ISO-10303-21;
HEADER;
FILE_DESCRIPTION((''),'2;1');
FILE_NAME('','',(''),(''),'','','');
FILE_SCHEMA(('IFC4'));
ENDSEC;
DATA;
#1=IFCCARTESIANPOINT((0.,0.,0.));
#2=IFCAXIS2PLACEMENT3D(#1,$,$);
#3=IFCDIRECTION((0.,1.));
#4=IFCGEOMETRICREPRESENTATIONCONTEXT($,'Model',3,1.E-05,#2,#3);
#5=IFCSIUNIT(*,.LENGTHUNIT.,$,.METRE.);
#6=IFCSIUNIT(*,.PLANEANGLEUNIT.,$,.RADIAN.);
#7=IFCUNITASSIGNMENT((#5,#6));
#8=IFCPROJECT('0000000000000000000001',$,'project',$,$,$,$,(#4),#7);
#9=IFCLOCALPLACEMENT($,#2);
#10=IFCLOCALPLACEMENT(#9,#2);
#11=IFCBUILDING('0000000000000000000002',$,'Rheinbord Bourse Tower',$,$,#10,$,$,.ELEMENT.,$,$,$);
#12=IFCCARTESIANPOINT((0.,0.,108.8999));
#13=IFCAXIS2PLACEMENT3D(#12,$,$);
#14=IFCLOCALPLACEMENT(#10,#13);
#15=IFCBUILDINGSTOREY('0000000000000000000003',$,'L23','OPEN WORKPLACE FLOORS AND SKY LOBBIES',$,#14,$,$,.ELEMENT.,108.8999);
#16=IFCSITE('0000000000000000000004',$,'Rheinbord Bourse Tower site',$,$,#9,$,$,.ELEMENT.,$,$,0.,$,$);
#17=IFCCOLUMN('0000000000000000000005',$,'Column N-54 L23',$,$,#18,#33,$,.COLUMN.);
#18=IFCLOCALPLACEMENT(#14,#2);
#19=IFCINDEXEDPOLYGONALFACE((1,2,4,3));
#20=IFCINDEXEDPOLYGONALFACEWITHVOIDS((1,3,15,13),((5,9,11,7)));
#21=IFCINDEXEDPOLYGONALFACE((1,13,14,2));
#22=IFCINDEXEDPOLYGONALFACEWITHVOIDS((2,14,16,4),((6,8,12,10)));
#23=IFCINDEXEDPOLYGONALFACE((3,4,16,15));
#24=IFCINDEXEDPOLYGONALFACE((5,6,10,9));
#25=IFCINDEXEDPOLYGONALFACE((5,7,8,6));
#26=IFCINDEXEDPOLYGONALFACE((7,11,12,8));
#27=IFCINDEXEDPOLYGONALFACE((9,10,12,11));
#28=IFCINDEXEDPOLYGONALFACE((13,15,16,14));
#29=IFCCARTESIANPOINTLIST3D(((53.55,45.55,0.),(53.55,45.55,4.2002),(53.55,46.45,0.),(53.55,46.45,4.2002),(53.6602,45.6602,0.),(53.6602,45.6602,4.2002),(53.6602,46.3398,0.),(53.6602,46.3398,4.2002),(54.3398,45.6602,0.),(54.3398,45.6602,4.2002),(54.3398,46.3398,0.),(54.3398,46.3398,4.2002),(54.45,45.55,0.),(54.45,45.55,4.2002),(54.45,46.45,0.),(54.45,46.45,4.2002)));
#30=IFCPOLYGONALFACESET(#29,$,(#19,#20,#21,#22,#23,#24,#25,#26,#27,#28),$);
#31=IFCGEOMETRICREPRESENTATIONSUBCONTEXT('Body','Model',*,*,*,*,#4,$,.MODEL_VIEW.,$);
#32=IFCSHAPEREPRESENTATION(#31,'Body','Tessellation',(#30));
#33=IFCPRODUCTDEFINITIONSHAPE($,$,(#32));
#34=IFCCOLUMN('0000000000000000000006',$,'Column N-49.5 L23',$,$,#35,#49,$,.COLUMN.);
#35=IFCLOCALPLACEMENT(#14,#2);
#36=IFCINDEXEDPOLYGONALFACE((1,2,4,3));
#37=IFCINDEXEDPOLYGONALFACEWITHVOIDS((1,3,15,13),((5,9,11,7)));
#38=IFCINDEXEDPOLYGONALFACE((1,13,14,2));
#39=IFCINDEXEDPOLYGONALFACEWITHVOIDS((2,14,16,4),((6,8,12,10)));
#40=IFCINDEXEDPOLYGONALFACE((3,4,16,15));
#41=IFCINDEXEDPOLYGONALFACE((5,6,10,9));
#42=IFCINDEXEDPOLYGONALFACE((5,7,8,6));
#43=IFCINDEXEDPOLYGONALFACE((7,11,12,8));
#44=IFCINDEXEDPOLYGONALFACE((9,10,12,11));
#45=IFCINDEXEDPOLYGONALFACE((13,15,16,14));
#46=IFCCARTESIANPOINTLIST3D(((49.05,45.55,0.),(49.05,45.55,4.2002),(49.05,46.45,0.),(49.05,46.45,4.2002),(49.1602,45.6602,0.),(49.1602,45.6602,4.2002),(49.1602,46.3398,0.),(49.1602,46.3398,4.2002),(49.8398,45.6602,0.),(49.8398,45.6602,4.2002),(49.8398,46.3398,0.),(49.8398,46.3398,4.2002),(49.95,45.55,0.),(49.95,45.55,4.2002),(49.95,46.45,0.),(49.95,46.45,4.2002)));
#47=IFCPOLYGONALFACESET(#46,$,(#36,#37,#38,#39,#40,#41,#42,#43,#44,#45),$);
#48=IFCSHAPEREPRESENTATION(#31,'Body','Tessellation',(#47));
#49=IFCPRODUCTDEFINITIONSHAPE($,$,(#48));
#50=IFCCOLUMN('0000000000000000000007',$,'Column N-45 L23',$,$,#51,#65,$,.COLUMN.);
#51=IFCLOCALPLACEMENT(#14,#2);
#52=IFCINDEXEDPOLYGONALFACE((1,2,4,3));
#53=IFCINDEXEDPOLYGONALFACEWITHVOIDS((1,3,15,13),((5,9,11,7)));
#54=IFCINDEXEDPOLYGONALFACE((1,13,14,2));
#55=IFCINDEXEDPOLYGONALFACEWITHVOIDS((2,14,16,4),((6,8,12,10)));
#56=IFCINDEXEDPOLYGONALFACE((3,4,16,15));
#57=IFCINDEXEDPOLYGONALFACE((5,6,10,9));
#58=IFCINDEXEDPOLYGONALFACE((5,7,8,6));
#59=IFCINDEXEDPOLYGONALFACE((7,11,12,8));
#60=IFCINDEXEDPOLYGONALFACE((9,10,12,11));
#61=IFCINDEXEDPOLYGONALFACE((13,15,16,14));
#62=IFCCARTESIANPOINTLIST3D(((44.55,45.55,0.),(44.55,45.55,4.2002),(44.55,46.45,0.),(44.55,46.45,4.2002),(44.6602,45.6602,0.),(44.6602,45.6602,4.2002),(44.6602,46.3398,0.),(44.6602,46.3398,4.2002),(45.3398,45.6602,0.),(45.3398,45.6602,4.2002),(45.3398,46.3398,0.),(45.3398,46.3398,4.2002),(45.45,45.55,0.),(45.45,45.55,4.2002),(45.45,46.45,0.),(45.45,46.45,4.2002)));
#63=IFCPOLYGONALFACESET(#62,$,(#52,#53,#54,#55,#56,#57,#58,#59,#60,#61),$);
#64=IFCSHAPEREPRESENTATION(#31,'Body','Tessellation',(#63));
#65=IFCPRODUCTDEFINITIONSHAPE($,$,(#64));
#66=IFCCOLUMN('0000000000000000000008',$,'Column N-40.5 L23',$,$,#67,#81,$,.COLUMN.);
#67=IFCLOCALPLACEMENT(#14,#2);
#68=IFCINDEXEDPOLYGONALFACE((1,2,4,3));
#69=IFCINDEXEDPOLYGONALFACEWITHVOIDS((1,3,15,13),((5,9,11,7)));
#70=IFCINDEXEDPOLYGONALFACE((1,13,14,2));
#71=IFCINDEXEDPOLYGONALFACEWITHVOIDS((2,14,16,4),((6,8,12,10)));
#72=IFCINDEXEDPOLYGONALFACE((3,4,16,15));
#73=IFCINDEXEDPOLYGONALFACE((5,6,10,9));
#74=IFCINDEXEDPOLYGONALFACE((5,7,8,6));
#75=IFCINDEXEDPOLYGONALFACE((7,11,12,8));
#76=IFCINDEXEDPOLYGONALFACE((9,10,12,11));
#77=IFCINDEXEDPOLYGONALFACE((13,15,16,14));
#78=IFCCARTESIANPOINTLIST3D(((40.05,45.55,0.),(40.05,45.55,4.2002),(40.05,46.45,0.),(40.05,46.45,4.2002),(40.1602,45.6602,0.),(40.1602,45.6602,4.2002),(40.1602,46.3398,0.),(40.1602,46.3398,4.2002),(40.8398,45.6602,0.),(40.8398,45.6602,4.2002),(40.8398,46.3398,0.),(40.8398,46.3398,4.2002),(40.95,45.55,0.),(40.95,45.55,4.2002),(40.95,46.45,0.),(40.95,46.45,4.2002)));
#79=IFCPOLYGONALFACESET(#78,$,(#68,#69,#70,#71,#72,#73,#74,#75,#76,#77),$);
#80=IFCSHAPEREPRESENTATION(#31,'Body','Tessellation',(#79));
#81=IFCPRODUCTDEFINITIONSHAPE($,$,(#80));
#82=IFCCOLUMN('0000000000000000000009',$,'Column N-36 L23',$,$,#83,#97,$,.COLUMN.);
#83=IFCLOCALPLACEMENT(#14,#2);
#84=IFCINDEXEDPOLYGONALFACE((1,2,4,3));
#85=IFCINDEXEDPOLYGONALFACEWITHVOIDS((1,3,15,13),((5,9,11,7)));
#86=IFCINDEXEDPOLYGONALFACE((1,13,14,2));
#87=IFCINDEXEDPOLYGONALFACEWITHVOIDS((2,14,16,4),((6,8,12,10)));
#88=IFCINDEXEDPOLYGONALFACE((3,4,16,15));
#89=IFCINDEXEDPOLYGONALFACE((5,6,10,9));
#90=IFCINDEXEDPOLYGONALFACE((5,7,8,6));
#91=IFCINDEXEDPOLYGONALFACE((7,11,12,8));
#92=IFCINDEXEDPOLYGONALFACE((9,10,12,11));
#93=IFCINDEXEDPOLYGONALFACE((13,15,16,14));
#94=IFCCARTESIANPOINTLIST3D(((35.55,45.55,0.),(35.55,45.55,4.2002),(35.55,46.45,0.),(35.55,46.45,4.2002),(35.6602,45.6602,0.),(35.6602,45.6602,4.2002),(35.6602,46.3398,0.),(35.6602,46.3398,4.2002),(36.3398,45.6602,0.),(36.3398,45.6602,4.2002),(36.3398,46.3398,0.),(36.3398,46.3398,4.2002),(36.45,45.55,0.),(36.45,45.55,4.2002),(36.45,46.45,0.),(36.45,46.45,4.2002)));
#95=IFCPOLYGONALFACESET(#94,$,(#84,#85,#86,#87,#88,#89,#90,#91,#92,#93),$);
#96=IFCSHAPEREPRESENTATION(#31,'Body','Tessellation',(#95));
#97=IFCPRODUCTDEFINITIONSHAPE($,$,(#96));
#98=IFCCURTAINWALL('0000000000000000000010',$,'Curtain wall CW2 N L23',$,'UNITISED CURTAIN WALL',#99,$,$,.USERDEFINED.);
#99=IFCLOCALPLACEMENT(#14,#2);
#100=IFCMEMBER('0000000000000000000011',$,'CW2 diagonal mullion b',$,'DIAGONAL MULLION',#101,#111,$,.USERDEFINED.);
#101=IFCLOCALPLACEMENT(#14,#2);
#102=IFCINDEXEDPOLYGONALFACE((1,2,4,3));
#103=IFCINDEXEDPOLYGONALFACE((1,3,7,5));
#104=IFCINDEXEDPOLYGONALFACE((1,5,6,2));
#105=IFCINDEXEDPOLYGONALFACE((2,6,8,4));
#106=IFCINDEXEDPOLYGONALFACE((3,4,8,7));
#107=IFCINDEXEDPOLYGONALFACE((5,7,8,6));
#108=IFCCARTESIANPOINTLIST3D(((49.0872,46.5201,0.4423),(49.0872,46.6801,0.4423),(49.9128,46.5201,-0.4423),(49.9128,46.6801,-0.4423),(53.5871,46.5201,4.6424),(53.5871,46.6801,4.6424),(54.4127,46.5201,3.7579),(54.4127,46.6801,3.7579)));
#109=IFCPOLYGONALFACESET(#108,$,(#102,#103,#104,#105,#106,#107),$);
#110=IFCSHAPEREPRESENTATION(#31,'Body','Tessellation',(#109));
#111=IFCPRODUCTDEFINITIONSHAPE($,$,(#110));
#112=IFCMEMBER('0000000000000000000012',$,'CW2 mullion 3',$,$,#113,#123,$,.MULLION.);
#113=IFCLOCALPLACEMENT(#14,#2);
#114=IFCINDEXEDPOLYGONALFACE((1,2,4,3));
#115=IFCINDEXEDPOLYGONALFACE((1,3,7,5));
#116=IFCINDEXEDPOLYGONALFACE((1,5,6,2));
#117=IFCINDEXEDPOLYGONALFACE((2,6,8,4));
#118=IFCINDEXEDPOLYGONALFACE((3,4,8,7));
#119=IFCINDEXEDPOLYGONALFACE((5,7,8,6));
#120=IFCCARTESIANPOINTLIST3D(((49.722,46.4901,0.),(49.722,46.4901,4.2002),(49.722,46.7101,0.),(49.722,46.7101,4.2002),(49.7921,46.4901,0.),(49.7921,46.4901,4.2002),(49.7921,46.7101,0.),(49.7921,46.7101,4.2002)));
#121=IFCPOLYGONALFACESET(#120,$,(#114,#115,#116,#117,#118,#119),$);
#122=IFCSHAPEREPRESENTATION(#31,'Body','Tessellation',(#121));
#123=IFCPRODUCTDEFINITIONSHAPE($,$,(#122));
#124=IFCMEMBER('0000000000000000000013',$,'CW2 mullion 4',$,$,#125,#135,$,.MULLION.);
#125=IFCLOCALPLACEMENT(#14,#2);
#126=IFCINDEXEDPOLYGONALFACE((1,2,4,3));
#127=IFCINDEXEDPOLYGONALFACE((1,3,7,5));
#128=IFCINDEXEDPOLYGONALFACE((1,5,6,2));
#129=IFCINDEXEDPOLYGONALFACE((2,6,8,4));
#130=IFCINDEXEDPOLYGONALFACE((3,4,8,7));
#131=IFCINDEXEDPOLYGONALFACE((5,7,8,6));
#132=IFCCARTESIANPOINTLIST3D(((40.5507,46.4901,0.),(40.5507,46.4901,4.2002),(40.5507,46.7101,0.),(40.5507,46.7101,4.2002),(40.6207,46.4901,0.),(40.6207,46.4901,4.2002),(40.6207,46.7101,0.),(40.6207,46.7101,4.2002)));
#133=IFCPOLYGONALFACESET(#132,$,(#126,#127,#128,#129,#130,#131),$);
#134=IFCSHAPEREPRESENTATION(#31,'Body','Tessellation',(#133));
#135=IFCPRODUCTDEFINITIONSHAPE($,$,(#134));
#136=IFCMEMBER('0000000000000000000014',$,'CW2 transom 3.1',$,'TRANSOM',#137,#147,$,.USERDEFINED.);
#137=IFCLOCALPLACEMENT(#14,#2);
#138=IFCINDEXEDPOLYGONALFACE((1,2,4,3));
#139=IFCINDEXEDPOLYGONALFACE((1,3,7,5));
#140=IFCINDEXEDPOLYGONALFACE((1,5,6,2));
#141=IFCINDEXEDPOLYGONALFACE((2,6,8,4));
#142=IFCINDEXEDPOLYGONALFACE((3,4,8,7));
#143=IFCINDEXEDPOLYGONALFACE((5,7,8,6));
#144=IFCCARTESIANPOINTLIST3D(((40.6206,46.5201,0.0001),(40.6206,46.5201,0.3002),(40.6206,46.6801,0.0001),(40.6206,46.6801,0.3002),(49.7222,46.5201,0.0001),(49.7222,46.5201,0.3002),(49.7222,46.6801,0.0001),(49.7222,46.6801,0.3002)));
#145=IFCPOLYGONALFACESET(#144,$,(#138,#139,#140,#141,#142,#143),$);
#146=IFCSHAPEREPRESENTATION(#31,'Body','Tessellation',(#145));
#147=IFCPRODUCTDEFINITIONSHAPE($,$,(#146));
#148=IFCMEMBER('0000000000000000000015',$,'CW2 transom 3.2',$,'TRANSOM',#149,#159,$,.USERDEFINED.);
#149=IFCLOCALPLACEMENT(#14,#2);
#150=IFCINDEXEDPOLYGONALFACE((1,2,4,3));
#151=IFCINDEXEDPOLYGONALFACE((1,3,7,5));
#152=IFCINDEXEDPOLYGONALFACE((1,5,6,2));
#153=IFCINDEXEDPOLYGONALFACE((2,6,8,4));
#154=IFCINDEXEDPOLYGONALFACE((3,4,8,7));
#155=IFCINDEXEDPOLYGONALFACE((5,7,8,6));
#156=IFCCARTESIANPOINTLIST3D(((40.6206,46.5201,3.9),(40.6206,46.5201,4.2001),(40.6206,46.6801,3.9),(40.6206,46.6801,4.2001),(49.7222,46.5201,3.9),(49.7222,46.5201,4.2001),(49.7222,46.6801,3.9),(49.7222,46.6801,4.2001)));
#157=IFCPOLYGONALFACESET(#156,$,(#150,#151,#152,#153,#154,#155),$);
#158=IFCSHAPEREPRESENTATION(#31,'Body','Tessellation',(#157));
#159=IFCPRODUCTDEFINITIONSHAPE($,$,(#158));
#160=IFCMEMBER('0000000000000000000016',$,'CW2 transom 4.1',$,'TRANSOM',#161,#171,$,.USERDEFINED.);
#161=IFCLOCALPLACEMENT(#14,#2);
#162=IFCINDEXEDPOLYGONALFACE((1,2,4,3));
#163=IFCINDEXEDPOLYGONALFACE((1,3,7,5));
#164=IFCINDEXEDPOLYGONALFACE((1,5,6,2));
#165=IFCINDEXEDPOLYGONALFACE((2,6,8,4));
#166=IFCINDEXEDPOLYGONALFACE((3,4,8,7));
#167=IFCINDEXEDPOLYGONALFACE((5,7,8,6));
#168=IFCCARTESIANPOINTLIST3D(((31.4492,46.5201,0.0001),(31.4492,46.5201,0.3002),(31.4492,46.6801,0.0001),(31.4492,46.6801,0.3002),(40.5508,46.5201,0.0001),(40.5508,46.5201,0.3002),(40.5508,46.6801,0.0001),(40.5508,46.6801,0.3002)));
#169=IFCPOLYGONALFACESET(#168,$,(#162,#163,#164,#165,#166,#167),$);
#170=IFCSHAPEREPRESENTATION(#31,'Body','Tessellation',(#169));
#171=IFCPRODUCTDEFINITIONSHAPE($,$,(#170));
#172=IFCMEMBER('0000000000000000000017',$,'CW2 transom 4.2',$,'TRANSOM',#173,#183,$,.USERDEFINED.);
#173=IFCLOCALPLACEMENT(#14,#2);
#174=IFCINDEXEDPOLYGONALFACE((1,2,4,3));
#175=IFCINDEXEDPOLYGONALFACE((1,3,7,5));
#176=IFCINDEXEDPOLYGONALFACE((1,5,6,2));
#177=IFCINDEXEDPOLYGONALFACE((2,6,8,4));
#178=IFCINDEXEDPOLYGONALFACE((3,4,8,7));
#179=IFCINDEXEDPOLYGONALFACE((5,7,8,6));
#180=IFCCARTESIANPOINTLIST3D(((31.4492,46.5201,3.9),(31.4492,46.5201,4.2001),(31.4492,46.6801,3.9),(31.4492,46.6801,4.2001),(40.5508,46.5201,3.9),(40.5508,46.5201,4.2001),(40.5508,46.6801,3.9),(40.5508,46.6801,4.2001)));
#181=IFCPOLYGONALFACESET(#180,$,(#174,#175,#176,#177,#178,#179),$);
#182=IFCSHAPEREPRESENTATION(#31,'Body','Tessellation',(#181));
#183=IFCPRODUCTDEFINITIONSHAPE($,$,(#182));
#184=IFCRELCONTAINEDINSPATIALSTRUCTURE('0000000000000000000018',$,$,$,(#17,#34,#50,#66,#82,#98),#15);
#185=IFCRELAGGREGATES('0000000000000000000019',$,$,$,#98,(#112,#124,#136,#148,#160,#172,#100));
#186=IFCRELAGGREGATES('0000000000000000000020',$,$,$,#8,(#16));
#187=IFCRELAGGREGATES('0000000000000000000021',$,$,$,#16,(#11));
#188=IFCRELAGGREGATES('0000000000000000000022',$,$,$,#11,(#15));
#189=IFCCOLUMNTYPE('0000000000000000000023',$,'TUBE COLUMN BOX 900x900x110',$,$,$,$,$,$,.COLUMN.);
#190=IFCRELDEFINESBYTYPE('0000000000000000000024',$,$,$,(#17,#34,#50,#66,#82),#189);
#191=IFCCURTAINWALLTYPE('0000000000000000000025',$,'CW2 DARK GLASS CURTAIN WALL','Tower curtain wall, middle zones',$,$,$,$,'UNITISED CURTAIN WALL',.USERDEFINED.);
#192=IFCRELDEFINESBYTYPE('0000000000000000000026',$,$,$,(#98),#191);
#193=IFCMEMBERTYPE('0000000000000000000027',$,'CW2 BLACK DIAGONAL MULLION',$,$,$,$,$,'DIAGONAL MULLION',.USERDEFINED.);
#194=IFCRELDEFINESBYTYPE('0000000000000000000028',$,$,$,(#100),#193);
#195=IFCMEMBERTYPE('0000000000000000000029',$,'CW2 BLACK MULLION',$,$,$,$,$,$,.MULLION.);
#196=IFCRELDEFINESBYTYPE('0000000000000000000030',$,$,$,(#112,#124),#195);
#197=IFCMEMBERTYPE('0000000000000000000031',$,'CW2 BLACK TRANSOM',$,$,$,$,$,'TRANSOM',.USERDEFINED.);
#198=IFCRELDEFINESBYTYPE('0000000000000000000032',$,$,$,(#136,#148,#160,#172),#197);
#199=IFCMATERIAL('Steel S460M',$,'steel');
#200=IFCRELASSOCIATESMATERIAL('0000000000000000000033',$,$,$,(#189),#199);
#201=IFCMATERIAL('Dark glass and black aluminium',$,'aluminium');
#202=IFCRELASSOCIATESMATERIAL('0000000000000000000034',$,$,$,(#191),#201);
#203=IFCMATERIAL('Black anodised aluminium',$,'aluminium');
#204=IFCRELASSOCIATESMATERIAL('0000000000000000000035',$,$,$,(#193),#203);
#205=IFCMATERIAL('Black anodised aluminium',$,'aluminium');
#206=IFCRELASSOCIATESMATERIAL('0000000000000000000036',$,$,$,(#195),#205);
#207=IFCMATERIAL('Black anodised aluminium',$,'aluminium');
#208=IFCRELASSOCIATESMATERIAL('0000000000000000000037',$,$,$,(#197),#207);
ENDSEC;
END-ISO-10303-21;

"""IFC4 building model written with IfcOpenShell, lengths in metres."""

from ifc_helpers import new_model, si_unit, direction, frame, origin, origin_2d, place, context, subcontext, project, spatial, rectangle, hollow_rectangle, extrude, material, material_profile, profile_set, type_object, element, aggregate, save


model = new_model("IFC4")

# Units and contexts
model_context = context("Model", 3, precision=1e-05, world=origin(), true_north=direction((0.0, 1.0)))
body_context = subcontext(model_context, "Body", "Model", "MODEL_VIEW")
ifc_project = project(units=[si_unit("LENGTHUNIT", "METRE"), si_unit("PLANEANGLEUNIT", "RADIAN")], contexts=[model_context])

# Site, building, storey
site_placement = place(None, origin())
site = spatial("IfcSite", under=ifc_project, at=site_placement, Name="Rheinbord Bourse Tower site", CompositionType="ELEMENT", RefElevation=0.0)
building_placement = place(site_placement, origin())
building = spatial("IfcBuilding", under=site, at=building_placement, Name="Rheinbord Bourse Tower", CompositionType="ELEMENT")
storey_placement = place(building_placement, frame((0.0, 0.0, 108.8999)))
storey = spatial("IfcBuildingStorey", under=building, at=storey_placement, Name="L23", Description="OPEN WORKPLACE FLOORS AND SKY LOBBIES", CompositionType="ELEMENT", Elevation=108.8999)

# Columns
ifc_material_1 = material(Name="Steel S460M", Category="steel")
ifc_material_profile_1 = material_profile(ifc_material_1, hollow_rectangle(XDim=0.8999, YDim=0.8999, WallThickness=0.1101, at=origin_2d()), Name="BOX 900x900x110")
ifc_profile_set_1 = profile_set([ifc_material_profile_1], Name="Steel S460M")
column_type = type_object("IfcColumnType", Name="TUBE COLUMN BOX 900x900x110", PredefinedType="COLUMN", material=ifc_profile_set_1)
for number, where, z_axis, x_axis, name in (
    (1, (54.0, 46.0, 0.0), (0.0, 0.0, 1.0), (0.0, 1.0, 0.0), "Column N-54 L23"),
    (2, (49.5, 46.0, 0.0), (0.0, 0.0, 1.0), (0.0, 1.0, 0.0), "Column N-49.5 L23"),
    (3, (45.0, 46.0, 0.0), (0.0, 0.0, 1.0), (0.0, 1.0, 0.0), "Column N-45 L23"),
    (4, (40.5, 46.0, 0.0), (0.0, 0.0, 1.0), (0.0, 1.0, 0.0), "Column N-40.5 L23"),
    (5, (36.0, 46.0, 0.0), (0.0, 0.0, 1.0), (0.0, 1.0, 0.0), "Column N-36 L23"),
):
    element("IfcColumn", number, at=place(storey_placement, frame(where, z_axis=z_axis, x_axis=x_axis)), inside=storey, type_object=column_type, Name=name, PredefinedType="COLUMN", context=body_context, shape_type="SweptSolid", body=[
        extrude(hollow_rectangle(XDim=0.8999, YDim=0.8999, WallThickness=0.1101, at=origin_2d()), origin(), (0.0, 0.0, 1.0), 4.2002),
    ])

# Curtain wall, members
ifc_material_2 = material(Name="Dark glass and black aluminium", Category="aluminium")
curtain_wall_type = type_object("IfcCurtainWallType", Name="CW2 DARK GLASS CURTAIN WALL", Description="Tower curtain wall, middle zones", ElementType="UNITISED CURTAIN WALL", PredefinedType="USERDEFINED", material=ifc_material_2)
curtain_wall_placement = place(storey_placement, origin())
curtain_wall = element("IfcCurtainWall", 6, at=curtain_wall_placement, inside=storey, type_object=curtain_wall_type, Name="Curtain wall CW2 N L23", ObjectType="UNITISED CURTAIN WALL", PredefinedType="USERDEFINED")
ifc_material_3 = material(Name="Black anodised aluminium", Category="aluminium")
ifc_material_profile_2 = material_profile(ifc_material_3, rectangle(XDim=0.1599, YDim=1.21, at=origin_2d()), Name="CW2 DIAGONAL MULLION 1210x160")
ifc_profile_set_2 = profile_set([ifc_material_profile_2], Name="Black anodised aluminium")
member_type_1 = type_object("IfcMemberType", Name="CW2 BLACK DIAGONAL MULLION", ElementType="DIAGONAL MULLION", PredefinedType="USERDEFINED", material=ifc_profile_set_2)
member_1_placement = place(storey_placement, frame((49.5, 46.6001, 0.0), z_axis=(0.731039, 0.0, 0.682335), x_axis=(0.0, 1.0, 0.0)))
member_1 = element("IfcMember", 7, at=member_1_placement, type_object=member_type_1, Name="CW2 diagonal mullion b", ObjectType="DIAGONAL MULLION", PredefinedType="USERDEFINED", context=body_context, shape_type="SweptSolid", body=[
    extrude(rectangle(XDim=0.1599, YDim=1.21, at=origin_2d()), origin(), (0.0, 0.0, 1.0), 6.1555),
])
ifc_material_4 = material(Name="Black anodised aluminium", Category="aluminium")
ifc_material_profile_3 = material_profile(ifc_material_4, rectangle(XDim=0.22, YDim=0.0701, at=origin_2d()), Name="CW2 MULLION 70x220")
ifc_profile_set_3 = profile_set([ifc_material_profile_3], Name="Black anodised aluminium")
member_type_2 = type_object("IfcMemberType", Name="CW2 BLACK MULLION", PredefinedType="MULLION", material=ifc_profile_set_3)
member_2_placement = place(storey_placement, frame((49.7571, 46.6001, 0.0), z_axis=(0.0, 0.0, 1.0), x_axis=(0.0, -1.0, 0.0)))
member_2 = element("IfcMember", 8, at=member_2_placement, type_object=member_type_2, Name="CW2 mullion 3", PredefinedType="MULLION", context=body_context, shape_type="SweptSolid", body=[
    extrude(rectangle(XDim=0.22, YDim=0.0701, at=origin_2d()), origin(), (0.0, 0.0, 1.0), 4.2002),
])
member_3_placement = place(storey_placement, frame((40.5857, 46.6001, 0.0), z_axis=(0.0, 0.0, 1.0), x_axis=(0.0, -1.0, 0.0)))
member_3 = element("IfcMember", 9, at=member_3_placement, type_object=member_type_2, Name="CW2 mullion 4", PredefinedType="MULLION", context=body_context, shape_type="SweptSolid", body=[
    extrude(rectangle(XDim=0.22, YDim=0.0701, at=origin_2d()), origin(), (0.0, 0.0, 1.0), 4.2002),
])
ifc_material_5 = material(Name="Black anodised aluminium", Category="aluminium")
ifc_material_profile_4 = material_profile(ifc_material_5, rectangle(XDim=0.1599, YDim=0.3, at=origin_2d()), Name="CW2 TRANSOM 300x160")
ifc_profile_set_4 = profile_set([ifc_material_profile_4], Name="Black anodised aluminium")
member_type_3 = type_object("IfcMemberType", Name="CW2 BLACK TRANSOM", ElementType="TRANSOM", PredefinedType="USERDEFINED", material=ifc_profile_set_4)
member_4_placement = place(storey_placement, frame((49.7222, 46.6001, 0.1501), z_axis=(-1.0, 0.0, 0.0), x_axis=(0.0, -1.0, 0.0)))
member_4 = element("IfcMember", 10, at=member_4_placement, type_object=member_type_3, Name="CW2 transom 3.1", ObjectType="TRANSOM", PredefinedType="USERDEFINED", context=body_context, shape_type="SweptSolid", body=[
    extrude(rectangle(XDim=0.1599, YDim=0.3, at=origin_2d()), origin(), (0.0, 0.0, 1.0), 9.1016),
])
member_5_placement = place(storey_placement, frame((49.7222, 46.6001, 4.05), z_axis=(-1.0, 0.0, 0.0), x_axis=(0.0, -1.0, 0.0)))
member_5 = element("IfcMember", 11, at=member_5_placement, type_object=member_type_3, Name="CW2 transom 3.2", ObjectType="TRANSOM", PredefinedType="USERDEFINED", context=body_context, shape_type="SweptSolid", body=[
    extrude(rectangle(XDim=0.1599, YDim=0.3, at=origin_2d()), origin(), (0.0, 0.0, 1.0), 9.1016),
])
member_6_placement = place(storey_placement, frame((40.5508, 46.6001, 0.1501), z_axis=(-1.0, 0.0, 0.0), x_axis=(0.0, -1.0, 0.0)))
member_6 = element("IfcMember", 12, at=member_6_placement, type_object=member_type_3, Name="CW2 transom 4.1", ObjectType="TRANSOM", PredefinedType="USERDEFINED", context=body_context, shape_type="SweptSolid", body=[
    extrude(rectangle(XDim=0.1599, YDim=0.3, at=origin_2d()), origin(), (0.0, 0.0, 1.0), 9.1016),
])
member_7_placement = place(storey_placement, frame((40.5508, 46.6001, 4.05), z_axis=(-1.0, 0.0, 0.0), x_axis=(0.0, -1.0, 0.0)))
member_7 = element("IfcMember", 13, at=member_7_placement, type_object=member_type_3, Name="CW2 transom 4.2", ObjectType="TRANSOM", PredefinedType="USERDEFINED", context=body_context, shape_type="SweptSolid", body=[
    extrude(rectangle(XDim=0.1599, YDim=0.3, at=origin_2d()), origin(), (0.0, 0.0, 1.0), 9.1016),
])

aggregate(curtain_wall, [member_2, member_3, member_4, member_5, member_6, member_7, member_1])

save(model, "model.ifc")
